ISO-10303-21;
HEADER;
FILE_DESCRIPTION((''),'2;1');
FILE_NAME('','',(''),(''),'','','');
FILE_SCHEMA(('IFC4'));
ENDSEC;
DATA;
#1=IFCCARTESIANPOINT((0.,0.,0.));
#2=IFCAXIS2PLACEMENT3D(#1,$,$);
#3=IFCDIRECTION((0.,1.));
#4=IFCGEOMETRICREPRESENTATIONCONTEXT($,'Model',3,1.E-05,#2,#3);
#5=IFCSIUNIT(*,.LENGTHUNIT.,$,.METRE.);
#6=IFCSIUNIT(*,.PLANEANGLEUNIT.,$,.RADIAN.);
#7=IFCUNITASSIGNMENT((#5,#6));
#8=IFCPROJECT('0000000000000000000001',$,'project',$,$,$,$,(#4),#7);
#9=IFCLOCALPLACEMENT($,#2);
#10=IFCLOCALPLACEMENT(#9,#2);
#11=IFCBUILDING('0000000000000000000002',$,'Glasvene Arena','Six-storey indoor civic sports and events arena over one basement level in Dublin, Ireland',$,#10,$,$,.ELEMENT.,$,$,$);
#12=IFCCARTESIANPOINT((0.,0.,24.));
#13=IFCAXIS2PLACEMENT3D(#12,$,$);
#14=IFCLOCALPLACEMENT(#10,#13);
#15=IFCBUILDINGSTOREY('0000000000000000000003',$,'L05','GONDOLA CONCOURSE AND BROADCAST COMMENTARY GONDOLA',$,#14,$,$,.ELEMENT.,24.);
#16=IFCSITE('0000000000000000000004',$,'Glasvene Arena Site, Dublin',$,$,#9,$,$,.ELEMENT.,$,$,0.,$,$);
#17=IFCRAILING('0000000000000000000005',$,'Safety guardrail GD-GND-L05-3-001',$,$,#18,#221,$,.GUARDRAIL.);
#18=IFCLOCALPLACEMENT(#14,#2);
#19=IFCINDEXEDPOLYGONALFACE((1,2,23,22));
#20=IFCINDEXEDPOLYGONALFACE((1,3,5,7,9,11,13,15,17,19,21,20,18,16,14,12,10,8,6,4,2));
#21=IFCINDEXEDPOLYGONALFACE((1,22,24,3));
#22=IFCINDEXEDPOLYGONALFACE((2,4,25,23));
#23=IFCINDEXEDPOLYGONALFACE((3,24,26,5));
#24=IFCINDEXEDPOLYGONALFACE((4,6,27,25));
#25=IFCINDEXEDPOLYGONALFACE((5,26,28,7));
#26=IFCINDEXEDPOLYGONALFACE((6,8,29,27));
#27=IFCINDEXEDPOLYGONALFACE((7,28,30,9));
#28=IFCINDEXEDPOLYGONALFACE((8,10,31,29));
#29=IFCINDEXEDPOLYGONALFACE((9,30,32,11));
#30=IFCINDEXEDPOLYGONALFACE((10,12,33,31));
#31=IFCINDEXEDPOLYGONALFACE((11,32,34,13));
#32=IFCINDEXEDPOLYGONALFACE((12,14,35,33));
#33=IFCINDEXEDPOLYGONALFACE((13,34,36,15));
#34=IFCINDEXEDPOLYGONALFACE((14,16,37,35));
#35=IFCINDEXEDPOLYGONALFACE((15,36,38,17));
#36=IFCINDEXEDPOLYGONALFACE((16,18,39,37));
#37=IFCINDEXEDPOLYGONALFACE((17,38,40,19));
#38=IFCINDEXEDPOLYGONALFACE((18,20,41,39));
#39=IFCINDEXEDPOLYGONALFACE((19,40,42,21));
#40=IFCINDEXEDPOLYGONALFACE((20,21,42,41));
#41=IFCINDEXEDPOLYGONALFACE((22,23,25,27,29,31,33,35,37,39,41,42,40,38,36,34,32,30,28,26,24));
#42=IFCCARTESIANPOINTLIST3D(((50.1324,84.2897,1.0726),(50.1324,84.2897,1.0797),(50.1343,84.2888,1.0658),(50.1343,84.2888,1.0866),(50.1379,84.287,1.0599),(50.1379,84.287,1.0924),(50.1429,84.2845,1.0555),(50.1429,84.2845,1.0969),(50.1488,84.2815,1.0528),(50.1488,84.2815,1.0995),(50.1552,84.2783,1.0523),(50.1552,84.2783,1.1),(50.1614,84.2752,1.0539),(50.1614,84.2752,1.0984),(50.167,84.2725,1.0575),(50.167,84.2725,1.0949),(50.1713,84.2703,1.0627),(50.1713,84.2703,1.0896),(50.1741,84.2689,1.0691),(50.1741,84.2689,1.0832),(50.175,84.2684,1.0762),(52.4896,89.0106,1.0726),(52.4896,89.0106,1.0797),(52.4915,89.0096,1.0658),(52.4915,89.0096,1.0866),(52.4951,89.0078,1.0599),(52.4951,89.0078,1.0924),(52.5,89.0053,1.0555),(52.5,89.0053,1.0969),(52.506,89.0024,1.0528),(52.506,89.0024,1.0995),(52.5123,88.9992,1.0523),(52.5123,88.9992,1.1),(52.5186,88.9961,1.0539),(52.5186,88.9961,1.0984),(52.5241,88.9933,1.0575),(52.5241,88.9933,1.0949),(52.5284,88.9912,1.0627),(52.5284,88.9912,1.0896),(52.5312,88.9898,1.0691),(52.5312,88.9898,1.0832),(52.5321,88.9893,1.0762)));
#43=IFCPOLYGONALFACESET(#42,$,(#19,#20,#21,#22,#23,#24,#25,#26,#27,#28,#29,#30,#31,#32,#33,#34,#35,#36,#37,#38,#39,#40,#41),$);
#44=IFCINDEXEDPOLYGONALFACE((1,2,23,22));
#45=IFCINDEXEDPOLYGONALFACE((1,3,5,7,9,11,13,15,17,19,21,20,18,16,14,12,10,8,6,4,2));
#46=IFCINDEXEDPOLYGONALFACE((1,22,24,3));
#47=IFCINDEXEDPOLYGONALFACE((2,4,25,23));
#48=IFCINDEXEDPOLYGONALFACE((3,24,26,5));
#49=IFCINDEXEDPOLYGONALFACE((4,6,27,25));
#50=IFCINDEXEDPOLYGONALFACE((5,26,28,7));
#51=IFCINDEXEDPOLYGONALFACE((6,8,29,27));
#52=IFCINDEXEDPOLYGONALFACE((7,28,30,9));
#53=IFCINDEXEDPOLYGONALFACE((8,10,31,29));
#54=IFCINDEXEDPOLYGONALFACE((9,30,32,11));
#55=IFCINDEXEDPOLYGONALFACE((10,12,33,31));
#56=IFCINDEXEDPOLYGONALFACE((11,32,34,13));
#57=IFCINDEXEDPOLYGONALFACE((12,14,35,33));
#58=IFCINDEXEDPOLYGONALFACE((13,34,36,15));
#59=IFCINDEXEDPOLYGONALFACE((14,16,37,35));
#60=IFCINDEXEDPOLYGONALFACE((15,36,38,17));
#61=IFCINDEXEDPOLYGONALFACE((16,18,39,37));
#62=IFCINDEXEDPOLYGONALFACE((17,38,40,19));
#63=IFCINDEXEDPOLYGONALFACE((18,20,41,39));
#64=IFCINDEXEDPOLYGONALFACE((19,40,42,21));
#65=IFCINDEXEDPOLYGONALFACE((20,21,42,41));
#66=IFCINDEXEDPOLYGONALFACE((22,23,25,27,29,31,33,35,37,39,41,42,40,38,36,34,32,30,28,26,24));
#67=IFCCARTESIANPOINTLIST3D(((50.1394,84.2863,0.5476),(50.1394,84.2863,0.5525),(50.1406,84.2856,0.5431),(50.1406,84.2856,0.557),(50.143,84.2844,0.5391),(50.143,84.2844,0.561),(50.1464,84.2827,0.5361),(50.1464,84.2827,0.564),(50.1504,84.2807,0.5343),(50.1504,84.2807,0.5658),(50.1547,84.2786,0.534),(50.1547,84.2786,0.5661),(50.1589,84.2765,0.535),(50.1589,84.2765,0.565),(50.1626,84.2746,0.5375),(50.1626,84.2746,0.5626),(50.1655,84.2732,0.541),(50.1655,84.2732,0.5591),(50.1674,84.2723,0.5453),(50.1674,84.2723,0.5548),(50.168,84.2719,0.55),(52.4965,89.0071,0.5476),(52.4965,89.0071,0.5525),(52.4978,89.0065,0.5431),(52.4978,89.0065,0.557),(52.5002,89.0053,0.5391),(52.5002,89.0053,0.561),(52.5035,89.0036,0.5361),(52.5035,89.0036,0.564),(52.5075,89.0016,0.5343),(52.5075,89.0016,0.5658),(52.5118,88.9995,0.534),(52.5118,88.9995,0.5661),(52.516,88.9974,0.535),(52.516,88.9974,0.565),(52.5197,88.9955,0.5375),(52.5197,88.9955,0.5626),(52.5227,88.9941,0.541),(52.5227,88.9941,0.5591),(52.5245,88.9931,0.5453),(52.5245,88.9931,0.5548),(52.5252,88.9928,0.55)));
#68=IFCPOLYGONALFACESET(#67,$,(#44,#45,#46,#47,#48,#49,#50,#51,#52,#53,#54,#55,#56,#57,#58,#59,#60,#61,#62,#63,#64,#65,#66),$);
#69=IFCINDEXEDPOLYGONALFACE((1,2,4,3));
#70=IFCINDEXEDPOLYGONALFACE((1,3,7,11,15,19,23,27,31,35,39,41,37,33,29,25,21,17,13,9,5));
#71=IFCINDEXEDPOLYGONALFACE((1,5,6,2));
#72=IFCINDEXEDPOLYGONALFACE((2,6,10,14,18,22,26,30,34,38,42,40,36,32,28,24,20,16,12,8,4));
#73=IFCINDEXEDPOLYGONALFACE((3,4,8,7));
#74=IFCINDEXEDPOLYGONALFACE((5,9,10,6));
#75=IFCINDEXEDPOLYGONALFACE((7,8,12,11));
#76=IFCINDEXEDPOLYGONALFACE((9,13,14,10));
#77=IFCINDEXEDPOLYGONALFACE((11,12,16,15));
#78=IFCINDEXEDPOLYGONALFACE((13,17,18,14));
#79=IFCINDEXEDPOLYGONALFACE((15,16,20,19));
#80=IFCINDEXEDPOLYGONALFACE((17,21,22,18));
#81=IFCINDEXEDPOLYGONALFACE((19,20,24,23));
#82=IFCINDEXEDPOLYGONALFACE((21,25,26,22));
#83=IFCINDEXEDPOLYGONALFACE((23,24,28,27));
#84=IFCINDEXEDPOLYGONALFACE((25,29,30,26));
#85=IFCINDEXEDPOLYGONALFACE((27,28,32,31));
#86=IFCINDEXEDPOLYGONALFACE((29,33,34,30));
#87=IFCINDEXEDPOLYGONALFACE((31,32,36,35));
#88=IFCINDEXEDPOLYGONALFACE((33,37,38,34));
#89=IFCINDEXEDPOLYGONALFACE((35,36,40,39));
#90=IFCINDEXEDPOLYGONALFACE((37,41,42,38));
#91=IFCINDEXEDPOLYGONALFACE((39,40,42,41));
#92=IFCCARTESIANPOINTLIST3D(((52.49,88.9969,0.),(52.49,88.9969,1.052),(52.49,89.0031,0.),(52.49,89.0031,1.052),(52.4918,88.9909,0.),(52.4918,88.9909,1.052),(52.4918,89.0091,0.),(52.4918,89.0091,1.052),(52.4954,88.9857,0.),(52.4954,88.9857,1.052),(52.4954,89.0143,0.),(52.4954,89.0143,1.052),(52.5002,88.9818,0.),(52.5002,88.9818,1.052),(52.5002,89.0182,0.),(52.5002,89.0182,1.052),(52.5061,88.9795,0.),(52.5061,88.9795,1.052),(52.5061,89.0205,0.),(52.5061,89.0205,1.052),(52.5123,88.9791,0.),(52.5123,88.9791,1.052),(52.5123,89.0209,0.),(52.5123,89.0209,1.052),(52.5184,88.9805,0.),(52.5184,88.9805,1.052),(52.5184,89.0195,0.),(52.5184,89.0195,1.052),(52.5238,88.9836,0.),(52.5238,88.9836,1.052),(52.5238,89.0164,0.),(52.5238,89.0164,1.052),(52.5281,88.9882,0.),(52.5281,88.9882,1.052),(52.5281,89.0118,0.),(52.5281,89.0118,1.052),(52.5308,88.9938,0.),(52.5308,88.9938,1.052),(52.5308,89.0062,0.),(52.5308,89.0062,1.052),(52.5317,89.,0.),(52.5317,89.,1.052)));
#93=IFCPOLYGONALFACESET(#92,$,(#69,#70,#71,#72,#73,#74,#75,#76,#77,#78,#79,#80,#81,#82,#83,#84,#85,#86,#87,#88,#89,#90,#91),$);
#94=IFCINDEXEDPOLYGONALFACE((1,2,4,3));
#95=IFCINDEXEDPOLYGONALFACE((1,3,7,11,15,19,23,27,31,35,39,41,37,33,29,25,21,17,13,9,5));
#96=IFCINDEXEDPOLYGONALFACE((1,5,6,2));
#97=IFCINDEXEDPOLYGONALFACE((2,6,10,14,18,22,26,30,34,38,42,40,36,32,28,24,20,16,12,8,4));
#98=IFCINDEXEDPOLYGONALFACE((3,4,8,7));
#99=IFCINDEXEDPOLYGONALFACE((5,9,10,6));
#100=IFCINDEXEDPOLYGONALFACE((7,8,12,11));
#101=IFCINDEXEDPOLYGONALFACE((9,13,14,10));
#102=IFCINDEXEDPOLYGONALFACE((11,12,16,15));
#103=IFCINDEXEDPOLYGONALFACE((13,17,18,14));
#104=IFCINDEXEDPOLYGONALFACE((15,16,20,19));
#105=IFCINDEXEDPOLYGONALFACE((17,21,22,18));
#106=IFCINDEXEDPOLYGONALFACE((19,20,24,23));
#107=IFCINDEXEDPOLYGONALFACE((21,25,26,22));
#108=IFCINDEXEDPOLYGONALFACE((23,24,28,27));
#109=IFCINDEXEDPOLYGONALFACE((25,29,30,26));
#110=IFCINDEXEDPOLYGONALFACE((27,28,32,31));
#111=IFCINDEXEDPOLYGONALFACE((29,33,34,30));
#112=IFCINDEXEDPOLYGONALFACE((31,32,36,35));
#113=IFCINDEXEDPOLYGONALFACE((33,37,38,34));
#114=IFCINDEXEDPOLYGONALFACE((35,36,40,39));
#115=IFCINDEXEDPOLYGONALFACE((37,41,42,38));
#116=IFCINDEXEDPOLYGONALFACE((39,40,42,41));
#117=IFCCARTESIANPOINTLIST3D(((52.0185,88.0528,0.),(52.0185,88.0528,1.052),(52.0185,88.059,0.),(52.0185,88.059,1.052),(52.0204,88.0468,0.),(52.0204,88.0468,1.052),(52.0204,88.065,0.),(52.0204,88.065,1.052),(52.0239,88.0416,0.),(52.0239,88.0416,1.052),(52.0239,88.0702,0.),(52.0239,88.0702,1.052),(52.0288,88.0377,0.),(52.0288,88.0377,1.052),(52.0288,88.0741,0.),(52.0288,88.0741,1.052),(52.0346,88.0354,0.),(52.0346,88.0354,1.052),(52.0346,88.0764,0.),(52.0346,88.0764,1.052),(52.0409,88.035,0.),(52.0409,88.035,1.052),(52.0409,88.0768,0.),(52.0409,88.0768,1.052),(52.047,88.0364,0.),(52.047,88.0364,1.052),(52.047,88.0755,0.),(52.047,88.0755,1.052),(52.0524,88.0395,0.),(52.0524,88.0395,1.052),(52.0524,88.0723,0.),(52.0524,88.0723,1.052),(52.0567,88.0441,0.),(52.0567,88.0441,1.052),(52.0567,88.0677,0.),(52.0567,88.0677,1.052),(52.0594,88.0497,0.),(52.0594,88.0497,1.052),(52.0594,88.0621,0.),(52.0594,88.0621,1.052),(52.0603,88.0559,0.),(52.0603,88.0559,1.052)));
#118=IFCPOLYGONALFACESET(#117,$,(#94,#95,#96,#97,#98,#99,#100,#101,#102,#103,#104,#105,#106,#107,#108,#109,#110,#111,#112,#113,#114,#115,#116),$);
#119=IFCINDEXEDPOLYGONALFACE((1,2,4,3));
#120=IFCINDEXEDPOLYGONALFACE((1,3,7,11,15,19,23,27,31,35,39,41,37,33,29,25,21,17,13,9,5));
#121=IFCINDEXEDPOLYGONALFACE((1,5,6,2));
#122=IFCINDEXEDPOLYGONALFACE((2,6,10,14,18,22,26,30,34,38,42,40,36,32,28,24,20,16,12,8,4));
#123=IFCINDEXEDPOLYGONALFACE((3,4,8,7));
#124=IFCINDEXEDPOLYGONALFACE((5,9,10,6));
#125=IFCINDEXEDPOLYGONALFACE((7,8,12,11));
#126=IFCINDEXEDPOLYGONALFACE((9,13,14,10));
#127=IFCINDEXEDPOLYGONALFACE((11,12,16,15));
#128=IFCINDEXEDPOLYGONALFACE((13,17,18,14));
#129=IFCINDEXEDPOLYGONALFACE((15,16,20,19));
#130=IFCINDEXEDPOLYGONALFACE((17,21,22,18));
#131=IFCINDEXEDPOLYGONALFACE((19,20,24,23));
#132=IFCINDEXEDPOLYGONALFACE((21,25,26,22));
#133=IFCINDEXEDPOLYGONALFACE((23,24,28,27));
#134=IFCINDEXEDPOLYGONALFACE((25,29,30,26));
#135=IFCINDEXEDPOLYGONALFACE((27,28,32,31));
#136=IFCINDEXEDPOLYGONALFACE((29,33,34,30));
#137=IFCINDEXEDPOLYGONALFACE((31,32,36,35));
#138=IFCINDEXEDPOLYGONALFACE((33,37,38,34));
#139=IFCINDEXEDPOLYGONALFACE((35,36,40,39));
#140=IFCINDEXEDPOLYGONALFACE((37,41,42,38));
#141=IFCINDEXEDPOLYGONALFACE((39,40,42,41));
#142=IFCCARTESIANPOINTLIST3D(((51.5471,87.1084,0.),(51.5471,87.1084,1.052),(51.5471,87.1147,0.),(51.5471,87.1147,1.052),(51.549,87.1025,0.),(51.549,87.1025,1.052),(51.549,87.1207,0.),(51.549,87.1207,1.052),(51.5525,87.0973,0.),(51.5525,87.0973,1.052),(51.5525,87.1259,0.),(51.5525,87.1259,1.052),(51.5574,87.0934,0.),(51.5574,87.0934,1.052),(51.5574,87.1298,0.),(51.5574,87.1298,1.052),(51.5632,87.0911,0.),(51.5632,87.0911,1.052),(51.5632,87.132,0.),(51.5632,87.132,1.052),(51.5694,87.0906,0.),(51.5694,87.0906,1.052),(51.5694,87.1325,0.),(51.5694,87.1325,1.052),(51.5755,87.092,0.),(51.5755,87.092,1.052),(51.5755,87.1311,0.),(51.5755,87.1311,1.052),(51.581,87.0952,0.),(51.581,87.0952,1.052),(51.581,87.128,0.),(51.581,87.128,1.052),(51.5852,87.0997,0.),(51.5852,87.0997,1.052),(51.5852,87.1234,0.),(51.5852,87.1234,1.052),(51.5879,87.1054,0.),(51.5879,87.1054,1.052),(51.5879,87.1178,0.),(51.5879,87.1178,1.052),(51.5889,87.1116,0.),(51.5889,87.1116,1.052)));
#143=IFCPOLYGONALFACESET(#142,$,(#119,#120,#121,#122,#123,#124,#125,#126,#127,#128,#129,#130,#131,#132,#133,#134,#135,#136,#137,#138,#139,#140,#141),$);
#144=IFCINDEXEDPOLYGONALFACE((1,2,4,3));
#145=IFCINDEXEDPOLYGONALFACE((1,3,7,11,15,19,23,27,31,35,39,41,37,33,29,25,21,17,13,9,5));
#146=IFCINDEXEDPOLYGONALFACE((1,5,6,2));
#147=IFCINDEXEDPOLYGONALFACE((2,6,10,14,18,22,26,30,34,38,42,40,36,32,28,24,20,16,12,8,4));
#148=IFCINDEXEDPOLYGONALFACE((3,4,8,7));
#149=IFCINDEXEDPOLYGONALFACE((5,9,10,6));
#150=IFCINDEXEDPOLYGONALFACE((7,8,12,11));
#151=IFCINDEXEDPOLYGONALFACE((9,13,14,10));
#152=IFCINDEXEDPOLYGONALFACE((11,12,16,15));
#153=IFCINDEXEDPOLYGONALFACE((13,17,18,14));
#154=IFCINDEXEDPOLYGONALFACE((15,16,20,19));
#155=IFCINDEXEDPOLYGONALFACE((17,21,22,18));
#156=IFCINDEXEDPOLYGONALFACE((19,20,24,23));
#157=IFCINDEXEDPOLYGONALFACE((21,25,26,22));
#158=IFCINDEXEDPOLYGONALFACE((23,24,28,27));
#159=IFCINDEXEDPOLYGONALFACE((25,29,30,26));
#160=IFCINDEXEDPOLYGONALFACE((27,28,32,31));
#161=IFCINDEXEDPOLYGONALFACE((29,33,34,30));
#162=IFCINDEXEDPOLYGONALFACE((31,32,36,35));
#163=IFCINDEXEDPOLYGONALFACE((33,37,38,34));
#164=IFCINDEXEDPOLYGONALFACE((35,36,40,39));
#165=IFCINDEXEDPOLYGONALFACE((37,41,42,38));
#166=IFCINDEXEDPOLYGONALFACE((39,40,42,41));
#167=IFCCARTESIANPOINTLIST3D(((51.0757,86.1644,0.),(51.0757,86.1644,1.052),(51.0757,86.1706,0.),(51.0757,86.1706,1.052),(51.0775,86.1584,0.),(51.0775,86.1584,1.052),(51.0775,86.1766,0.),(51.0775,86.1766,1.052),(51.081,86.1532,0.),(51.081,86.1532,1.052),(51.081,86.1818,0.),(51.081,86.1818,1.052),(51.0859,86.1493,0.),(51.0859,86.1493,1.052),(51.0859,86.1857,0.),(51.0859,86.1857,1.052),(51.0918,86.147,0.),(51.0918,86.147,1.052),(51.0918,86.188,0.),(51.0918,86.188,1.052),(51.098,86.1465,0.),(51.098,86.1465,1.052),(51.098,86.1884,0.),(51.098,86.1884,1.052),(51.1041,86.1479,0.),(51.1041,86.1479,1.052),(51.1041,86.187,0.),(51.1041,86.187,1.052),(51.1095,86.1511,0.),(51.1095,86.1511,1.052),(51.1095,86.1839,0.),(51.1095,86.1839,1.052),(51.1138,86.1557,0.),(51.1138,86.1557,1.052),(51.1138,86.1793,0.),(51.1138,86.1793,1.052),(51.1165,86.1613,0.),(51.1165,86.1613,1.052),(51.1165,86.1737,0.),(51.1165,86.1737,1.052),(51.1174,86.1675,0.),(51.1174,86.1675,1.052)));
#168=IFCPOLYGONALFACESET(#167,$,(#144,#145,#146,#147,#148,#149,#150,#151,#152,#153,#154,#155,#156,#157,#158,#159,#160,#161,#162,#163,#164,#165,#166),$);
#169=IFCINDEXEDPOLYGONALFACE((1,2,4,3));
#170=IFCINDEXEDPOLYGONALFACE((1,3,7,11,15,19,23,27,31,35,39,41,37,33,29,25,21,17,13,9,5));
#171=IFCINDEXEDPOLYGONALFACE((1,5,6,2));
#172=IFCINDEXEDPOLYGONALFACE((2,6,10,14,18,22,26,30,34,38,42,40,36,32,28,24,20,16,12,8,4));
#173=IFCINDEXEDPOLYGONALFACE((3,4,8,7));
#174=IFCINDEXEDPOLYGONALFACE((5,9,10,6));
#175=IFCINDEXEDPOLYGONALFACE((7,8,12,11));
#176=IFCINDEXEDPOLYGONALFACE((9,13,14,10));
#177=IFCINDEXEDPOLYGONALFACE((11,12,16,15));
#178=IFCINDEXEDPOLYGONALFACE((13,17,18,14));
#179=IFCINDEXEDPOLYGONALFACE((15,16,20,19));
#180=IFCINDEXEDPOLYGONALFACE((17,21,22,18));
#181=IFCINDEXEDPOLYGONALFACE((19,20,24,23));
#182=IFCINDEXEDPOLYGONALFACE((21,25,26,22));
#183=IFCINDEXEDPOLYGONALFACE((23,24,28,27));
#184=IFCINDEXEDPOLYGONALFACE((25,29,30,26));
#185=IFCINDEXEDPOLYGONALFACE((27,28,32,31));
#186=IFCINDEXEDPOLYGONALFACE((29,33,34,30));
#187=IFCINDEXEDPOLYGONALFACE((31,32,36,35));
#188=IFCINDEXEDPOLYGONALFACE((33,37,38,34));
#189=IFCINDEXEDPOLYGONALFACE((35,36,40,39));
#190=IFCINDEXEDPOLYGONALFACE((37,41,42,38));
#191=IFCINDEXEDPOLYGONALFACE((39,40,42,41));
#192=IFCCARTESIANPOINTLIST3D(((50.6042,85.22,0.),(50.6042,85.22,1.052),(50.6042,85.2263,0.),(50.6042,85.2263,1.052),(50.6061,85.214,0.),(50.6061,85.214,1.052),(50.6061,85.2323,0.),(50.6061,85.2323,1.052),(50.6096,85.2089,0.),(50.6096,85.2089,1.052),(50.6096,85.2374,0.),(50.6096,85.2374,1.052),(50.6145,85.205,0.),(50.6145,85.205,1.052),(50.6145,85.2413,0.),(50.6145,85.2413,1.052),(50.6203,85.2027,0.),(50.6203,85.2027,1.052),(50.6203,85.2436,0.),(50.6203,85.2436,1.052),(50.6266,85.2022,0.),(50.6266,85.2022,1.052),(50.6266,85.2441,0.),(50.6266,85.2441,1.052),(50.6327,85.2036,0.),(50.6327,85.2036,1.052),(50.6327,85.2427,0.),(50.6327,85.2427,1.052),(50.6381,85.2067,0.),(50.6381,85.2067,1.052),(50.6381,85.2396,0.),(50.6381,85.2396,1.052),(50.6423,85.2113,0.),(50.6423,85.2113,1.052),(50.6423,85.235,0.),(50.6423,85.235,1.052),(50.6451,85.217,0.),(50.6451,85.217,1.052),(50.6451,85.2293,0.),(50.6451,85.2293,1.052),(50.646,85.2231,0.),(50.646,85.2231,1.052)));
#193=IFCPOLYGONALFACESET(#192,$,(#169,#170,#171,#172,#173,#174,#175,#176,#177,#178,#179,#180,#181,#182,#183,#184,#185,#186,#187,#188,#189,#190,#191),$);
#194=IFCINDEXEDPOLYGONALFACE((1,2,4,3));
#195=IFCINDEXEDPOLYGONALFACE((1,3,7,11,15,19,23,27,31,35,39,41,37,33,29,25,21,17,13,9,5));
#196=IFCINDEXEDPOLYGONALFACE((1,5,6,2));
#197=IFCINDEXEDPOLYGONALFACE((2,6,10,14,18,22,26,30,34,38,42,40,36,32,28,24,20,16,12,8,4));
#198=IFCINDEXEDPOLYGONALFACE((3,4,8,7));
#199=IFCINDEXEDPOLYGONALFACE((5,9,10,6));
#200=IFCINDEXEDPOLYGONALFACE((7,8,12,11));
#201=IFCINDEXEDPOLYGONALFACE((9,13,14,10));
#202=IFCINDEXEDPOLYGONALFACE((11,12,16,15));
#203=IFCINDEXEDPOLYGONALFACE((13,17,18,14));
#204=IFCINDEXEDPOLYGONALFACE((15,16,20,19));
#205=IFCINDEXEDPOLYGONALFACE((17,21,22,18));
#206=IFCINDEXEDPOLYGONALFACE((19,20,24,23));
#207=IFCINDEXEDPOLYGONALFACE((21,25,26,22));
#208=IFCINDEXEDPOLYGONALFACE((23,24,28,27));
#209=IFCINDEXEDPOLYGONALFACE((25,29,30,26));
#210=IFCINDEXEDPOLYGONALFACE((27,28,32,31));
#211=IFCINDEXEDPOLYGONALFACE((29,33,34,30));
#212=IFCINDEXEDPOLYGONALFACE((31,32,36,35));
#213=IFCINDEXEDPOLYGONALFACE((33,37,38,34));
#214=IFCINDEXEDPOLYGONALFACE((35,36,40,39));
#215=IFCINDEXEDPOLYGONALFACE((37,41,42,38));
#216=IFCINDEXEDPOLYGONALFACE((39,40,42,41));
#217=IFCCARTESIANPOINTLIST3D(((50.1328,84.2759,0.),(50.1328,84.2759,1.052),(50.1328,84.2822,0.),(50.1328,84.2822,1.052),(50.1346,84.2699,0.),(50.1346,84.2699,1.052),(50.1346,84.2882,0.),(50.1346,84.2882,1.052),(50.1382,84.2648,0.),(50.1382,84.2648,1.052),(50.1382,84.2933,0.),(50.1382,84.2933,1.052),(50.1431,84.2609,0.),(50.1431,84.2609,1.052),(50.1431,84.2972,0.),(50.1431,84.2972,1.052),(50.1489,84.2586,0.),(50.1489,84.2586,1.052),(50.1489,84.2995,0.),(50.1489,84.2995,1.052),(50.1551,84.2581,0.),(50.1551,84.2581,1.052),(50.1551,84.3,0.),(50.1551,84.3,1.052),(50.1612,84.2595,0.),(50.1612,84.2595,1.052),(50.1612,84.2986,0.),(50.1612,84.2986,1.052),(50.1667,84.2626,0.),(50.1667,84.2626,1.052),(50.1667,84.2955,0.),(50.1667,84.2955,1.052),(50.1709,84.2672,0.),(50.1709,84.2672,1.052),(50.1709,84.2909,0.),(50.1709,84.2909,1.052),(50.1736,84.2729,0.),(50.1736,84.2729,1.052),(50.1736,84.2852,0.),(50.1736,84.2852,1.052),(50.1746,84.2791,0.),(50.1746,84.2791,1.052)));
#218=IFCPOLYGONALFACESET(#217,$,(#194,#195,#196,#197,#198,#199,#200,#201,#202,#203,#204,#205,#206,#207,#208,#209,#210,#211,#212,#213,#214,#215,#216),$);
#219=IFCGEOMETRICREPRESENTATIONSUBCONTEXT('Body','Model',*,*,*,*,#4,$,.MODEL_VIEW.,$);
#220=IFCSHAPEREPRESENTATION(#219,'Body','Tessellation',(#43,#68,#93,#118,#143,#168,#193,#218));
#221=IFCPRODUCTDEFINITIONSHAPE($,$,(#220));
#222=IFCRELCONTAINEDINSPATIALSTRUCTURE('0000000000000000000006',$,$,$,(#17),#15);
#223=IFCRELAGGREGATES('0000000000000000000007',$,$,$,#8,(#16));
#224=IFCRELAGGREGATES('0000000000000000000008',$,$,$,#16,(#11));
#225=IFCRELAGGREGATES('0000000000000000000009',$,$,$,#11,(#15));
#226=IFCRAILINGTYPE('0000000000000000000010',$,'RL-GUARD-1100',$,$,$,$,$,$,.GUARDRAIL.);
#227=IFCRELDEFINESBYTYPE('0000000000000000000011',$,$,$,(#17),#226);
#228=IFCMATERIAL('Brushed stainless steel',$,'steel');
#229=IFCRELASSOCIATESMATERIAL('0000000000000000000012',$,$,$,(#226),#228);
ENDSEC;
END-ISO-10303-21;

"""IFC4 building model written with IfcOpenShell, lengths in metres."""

from ifc_helpers import new_model, si_unit, direction, frame, origin, origin_2d, place, context, subcontext, project, spatial, circle, extrude, material, type_object, element, save


model = new_model("IFC4")

# Units and contexts
model_context = context("Model", 3, precision=1e-05, world=origin(), true_north=direction((0.0, 1.0)))
body_context = subcontext(model_context, "Body", "Model", "MODEL_VIEW")
ifc_project = project(units=[si_unit("LENGTHUNIT", "METRE"), si_unit("PLANEANGLEUNIT", "RADIAN")], contexts=[model_context])

# Site, building, storey
site_placement = place(None, origin())
site = spatial("IfcSite", under=ifc_project, at=site_placement, Name="Glasvene Arena Site, Dublin", CompositionType="ELEMENT", RefElevation=0.0)
building_placement = place(site_placement, origin())
building = spatial("IfcBuilding", under=site, at=building_placement, Name="Glasvene Arena", Description="Six-storey indoor civic sports and events arena over one basement level in Dublin, Ireland", CompositionType="ELEMENT")
storey_placement = place(building_placement, frame((0.0, 0.0, 24.0)))
storey = spatial("IfcBuildingStorey", under=building, at=storey_placement, Name="L05", Description="GONDOLA CONCOURSE AND BROADCAST COMMENTARY GONDOLA", CompositionType="ELEMENT", Elevation=24.0)

# Railing
ifc_material_1 = material(Name="Brushed stainless steel", Category="steel")
railing_type_1 = type_object("IfcRailingType", Name="RL-GUARD-1100", PredefinedType="GUARDRAIL", material=ifc_material_1)
railing_1_placement = place(storey_placement, frame((52.5107, 89.0, 0.0)))
element("IfcRailing", 1, at=railing_1_placement, inside=storey, type_object=railing_type_1, Name="Safety guardrail GD-GND-L05-3-001", PredefinedType="GUARDRAIL", context=body_context, shape_type="SweptSolid", body=[
    extrude(circle(Radius=0.0239, at=origin_2d()), frame((0.0, 0.0, 1.0762), z_axis=(-0.446714, -0.894677, 0.0), x_axis=(0.894677, -0.446714, 0.0)), (0.0, 0.0, 1.0), 5.2766),
    extrude(circle(Radius=0.0161, at=origin_2d()), frame((0.0, 0.0, 0.55), z_axis=(-0.446714, -0.894677, 0.0), x_axis=(0.894677, -0.446714, 0.0)), (0.0, 0.0, 1.0), 5.2766),
    extrude(circle(Radius=0.021, at=origin_2d()), origin(), (0.0, 0.0, 1.0), 1.052),
    extrude(circle(Radius=0.021, at=origin_2d()), frame((-0.4714, -0.9441, 0.0)), (0.0, 0.0, 1.0), 1.052),
    extrude(circle(Radius=0.021, at=origin_2d()), frame((-0.9429, -1.8884, 0.0)), (0.0, 0.0, 1.0), 1.052),
    extrude(circle(Radius=0.021, at=origin_2d()), frame((-1.4143, -2.8325, 0.0)), (0.0, 0.0, 1.0), 1.052),
    extrude(circle(Radius=0.021, at=origin_2d()), frame((-1.8857, -3.7769, 0.0)), (0.0, 0.0, 1.0), 1.052),
    extrude(circle(Radius=0.021, at=origin_2d()), frame((-2.3572, -4.7209, 0.0)), (0.0, 0.0, 1.0), 1.052),
])

save(model, "model.ifc")
